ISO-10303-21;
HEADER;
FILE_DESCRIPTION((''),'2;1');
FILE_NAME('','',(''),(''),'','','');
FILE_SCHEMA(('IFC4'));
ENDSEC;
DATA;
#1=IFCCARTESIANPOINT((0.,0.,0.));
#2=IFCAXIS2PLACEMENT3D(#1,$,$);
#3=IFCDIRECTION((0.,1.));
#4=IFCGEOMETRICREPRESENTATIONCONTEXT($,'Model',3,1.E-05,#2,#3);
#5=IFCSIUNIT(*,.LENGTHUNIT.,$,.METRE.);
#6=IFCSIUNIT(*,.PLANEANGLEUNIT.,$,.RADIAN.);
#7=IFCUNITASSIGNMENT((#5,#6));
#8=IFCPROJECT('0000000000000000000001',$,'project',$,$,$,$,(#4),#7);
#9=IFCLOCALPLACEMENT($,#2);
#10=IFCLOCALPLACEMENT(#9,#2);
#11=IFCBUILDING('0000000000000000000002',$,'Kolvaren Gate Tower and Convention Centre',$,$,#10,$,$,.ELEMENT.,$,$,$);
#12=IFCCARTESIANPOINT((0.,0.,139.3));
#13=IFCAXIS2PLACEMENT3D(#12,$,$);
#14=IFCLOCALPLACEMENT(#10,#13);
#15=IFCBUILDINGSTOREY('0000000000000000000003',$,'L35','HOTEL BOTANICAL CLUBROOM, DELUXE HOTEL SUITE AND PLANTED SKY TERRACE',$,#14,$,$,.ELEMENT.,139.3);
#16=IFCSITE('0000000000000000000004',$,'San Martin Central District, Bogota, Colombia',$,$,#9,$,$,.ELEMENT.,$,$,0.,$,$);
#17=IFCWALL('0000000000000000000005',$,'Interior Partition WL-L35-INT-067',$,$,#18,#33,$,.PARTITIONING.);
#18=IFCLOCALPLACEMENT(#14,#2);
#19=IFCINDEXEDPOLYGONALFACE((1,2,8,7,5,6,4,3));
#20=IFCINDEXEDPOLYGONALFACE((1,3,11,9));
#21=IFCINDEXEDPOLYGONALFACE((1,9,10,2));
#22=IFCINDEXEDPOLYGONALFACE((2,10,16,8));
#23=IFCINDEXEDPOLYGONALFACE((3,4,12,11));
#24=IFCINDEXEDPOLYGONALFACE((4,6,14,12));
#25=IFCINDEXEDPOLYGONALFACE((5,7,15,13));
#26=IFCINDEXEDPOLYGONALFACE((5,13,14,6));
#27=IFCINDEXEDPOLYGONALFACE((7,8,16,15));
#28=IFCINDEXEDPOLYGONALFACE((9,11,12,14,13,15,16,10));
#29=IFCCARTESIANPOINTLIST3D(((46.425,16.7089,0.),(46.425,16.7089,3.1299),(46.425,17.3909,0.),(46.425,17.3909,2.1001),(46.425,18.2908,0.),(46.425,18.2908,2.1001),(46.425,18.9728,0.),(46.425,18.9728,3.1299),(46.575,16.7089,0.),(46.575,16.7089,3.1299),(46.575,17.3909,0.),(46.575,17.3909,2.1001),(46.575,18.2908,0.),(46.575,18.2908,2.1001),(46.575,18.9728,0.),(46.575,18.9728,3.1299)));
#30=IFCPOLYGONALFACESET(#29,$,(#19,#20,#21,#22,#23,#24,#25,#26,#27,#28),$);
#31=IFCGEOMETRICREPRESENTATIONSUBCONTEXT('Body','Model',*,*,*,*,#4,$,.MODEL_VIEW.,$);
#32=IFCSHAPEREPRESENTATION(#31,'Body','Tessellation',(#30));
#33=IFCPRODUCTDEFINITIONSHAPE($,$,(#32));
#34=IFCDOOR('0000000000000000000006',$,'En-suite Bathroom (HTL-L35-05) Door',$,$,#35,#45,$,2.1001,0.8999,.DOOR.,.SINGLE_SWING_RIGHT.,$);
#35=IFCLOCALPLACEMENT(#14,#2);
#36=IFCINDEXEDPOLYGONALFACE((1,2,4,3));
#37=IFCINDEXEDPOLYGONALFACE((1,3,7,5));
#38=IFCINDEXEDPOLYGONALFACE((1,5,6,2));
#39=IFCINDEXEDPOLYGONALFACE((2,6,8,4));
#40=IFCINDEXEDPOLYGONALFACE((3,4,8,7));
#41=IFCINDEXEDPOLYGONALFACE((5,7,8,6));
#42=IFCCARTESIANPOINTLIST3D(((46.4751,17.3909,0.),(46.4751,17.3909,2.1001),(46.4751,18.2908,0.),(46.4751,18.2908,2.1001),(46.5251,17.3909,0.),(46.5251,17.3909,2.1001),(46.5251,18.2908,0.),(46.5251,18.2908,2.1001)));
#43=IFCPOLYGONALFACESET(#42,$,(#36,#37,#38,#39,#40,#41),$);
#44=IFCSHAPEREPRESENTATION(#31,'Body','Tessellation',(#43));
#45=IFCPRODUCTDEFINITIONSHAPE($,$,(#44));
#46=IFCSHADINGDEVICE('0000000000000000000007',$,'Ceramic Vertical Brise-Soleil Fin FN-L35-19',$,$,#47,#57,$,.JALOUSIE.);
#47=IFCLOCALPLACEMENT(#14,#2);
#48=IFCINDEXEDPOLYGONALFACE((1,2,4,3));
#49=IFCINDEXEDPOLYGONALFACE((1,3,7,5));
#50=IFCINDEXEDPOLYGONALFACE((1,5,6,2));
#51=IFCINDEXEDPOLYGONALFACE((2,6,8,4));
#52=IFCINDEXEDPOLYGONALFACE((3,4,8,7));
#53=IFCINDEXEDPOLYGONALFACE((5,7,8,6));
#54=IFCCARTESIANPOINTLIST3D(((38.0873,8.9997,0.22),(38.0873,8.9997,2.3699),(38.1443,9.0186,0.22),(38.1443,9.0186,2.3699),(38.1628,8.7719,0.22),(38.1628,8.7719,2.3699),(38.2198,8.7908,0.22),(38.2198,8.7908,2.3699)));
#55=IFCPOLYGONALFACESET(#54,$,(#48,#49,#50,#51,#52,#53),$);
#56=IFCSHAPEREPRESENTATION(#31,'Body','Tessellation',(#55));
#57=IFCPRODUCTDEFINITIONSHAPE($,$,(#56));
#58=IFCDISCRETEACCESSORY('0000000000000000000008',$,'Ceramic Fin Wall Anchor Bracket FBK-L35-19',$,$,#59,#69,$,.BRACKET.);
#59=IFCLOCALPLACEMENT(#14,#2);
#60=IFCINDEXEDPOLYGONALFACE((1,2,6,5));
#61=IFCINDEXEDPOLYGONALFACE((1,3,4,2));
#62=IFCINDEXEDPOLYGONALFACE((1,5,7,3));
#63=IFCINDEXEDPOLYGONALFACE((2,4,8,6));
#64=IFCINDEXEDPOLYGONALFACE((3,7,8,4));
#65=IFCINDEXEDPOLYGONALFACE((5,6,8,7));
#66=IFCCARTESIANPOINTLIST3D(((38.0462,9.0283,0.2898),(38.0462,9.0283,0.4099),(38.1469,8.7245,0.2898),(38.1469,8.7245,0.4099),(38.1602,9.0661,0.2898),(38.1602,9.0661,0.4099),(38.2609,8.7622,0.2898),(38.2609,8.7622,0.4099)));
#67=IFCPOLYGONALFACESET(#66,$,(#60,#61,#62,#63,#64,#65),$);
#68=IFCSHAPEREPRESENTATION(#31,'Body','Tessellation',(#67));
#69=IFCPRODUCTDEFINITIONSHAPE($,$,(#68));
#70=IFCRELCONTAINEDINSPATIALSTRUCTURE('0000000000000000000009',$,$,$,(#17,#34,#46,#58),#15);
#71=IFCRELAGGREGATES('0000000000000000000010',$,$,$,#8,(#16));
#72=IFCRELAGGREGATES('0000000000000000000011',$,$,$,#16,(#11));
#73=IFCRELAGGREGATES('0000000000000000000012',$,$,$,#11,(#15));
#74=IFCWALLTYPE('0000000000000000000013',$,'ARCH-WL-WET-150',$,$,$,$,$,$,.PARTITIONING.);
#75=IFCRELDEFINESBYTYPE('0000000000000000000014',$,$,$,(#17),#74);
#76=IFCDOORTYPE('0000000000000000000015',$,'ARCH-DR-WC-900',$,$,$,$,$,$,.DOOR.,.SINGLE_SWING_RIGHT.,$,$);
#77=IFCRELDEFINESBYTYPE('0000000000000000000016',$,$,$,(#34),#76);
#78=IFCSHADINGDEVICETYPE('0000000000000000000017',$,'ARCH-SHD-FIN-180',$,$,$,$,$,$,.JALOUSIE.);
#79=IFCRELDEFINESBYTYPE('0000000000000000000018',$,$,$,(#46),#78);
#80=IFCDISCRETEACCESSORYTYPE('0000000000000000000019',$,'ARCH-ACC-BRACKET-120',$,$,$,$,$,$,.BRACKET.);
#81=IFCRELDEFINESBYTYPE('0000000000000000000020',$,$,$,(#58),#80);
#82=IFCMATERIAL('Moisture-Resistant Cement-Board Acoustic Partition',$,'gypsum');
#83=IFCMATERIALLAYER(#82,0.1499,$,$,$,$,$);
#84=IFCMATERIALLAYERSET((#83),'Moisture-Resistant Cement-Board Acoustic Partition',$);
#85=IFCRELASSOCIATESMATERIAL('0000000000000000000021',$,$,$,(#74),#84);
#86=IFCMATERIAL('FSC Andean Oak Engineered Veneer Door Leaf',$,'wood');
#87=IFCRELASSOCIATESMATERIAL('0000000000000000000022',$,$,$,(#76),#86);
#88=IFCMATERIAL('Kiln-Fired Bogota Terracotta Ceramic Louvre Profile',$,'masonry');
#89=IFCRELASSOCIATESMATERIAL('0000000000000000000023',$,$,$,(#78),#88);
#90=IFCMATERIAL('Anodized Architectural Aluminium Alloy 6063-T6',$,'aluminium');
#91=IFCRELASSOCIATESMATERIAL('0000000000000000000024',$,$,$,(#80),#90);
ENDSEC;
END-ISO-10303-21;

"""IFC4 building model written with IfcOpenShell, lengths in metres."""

from ifc_helpers import new_model, si_unit, direction, frame, frame_2d, origin, origin_2d, place, context, subcontext, project, spatial, rectangle, extrude, material, layer, layer_set, type_object, element, fill, save


model = new_model("IFC4")

# Units and contexts
model_context = context("Model", 3, precision=1e-05, world=origin(), true_north=direction((0.0, 1.0)))
body_context = subcontext(model_context, "Body", "Model", "MODEL_VIEW")
ifc_project = project(units=[si_unit("LENGTHUNIT", "METRE"), si_unit("PLANEANGLEUNIT", "RADIAN")], contexts=[model_context])

# Site, building, storey
site_placement = place(None, origin())
site = spatial("IfcSite", under=ifc_project, at=site_placement, Name="San Martin Central District, Bogota, Colombia", CompositionType="ELEMENT", RefElevation=0.0)
building_placement = place(site_placement, origin())
building = spatial("IfcBuilding", under=site, at=building_placement, Name="Kolvaren Gate Tower and Convention Centre", CompositionType="ELEMENT")
storey_placement = place(building_placement, frame((0.0, 0.0, 139.3)))
storey = spatial("IfcBuildingStorey", under=building, at=storey_placement, Name="L35", Description="HOTEL BOTANICAL CLUBROOM, DELUXE HOTEL SUITE AND PLANTED SKY TERRACE", CompositionType="ELEMENT", Elevation=139.3)

# Shared definitions
ifc_material_1 = material(Name="Anodized Architectural Aluminium Alloy 6063-T6", Category="aluminium")

# Shared definitions
ifc_material_2 = material(Name="Moisture-Resistant Cement-Board Acoustic Partition", Category="gypsum")
ifc_layer_1 = layer(ifc_material_2, 0.1499)
ifc_layer_set_1 = layer_set([ifc_layer_1], Name="Moisture-Resistant Cement-Board Acoustic Partition")
wall_type_1 = type_object("IfcWallType", Name="ARCH-WL-WET-150", PredefinedType="PARTITIONING", material=ifc_layer_set_1)

# Wall, opening, door
wall_1_placement = place(storey_placement, frame((46.5, 16.709, 0.0), z_axis=(0.0, 0.0, 1.0), x_axis=(0.0, 1.0, 0.0)))
wall_1 = element("IfcWall", 1, at=wall_1_placement, inside=storey, type_object=wall_type_1, Name="Interior Partition WL-L35-INT-067", PredefinedType="PARTITIONING", context=body_context, shape_type="SweptSolid", body=[
    extrude(rectangle(XDim=2.2639, YDim=0.1499, at=frame_2d((1.1318, 0.0))), origin(), (0.0, 0.0, 1.0), 3.1299),
])
opening_1_placement = place(wall_1_placement, frame((0.6819, 0.0, 0.0)))
opening_1 = element("IfcOpeningElement", 2, at=opening_1_placement, cuts=wall_1, PredefinedType="OPENING", context=body_context, shape_type="SweptSolid", body=[
    extrude(rectangle(XDim=0.8999, YDim=2.1001, at=frame_2d((0.45, 1.05))), frame((0.0, 0.085, 0.0), z_axis=(0.0, -1.0, 0.0), x_axis=(1.0, 0.0, 0.0)), (0.0, 0.0, 1.0), 0.1699),
])
ifc_material_3 = material(Name="FSC Andean Oak Engineered Veneer Door Leaf", Category="wood")
door_type_1 = type_object("IfcDoorType", Name="ARCH-DR-WC-900", OperationType="SINGLE_SWING_RIGHT", PredefinedType="DOOR", material=ifc_material_3)
door_1_placement = place(opening_1_placement, origin())
door_1 = element("IfcDoor", 3, at=door_1_placement, inside=storey, type_object=door_type_1, Name="En-suite Bathroom (HTL-L35-05) Door", OperationType="SINGLE_SWING_RIGHT", OverallHeight=2.1001, OverallWidth=0.8999, PredefinedType="DOOR", context=body_context, shape_type="SweptSolid", body=[
    extrude(rectangle(XDim=0.8999, YDim=2.1001, at=frame_2d((0.45, 1.05))), frame((0.0, 0.0249, 0.0), z_axis=(0.0, -1.0, 0.0), x_axis=(1.0, 0.0, 0.0)), (0.0, 0.0, 1.0), 0.05),
])
fill(opening_1, door_1)

# Shading device
ifc_material_4 = material(Name="Kiln-Fired Bogota Terracotta Ceramic Louvre Profile", Category="masonry")
shading_device_type = type_object("IfcShadingDeviceType", Name="ARCH-SHD-FIN-180", PredefinedType="JALOUSIE", material=ifc_material_4)
shading_device_placement = place(storey_placement, frame((38.1536, 8.8953, 0.22), z_axis=(0.0, 0.0, 1.0), x_axis=(0.94924, 0.314552, 0.0)))
element("IfcShadingDevice", 4, at=shading_device_placement, inside=storey, type_object=shading_device_type, Name="Ceramic Vertical Brise-Soleil Fin FN-L35-19", PredefinedType="JALOUSIE", context=body_context, shape_type="SweptSolid", body=[
    extrude(rectangle(XDim=0.0601, YDim=0.24, at=origin_2d()), origin(), (0.0, 0.0, 1.0), 2.1499),
])

# Discrete accessory
discrete_accessory_type = type_object("IfcDiscreteAccessoryType", Name="ARCH-ACC-BRACKET-120", PredefinedType="BRACKET", material=ifc_material_1)
discrete_accessory_placement = place(storey_placement, frame((38.1536, 8.8953, 0.2898), z_axis=(0.0, 0.0, 1.0), x_axis=(0.94924, 0.314552, 0.0)))
element("IfcDiscreteAccessory", 5, at=discrete_accessory_placement, inside=storey, type_object=discrete_accessory_type, Name="Ceramic Fin Wall Anchor Bracket FBK-L35-19", PredefinedType="BRACKET", context=body_context, shape_type="SweptSolid", body=[
    extrude(rectangle(XDim=0.1201, YDim=0.3201, at=origin_2d()), origin(), (0.0, 0.0, 1.0), 0.1201),
])

save(model, "model.ifc")
